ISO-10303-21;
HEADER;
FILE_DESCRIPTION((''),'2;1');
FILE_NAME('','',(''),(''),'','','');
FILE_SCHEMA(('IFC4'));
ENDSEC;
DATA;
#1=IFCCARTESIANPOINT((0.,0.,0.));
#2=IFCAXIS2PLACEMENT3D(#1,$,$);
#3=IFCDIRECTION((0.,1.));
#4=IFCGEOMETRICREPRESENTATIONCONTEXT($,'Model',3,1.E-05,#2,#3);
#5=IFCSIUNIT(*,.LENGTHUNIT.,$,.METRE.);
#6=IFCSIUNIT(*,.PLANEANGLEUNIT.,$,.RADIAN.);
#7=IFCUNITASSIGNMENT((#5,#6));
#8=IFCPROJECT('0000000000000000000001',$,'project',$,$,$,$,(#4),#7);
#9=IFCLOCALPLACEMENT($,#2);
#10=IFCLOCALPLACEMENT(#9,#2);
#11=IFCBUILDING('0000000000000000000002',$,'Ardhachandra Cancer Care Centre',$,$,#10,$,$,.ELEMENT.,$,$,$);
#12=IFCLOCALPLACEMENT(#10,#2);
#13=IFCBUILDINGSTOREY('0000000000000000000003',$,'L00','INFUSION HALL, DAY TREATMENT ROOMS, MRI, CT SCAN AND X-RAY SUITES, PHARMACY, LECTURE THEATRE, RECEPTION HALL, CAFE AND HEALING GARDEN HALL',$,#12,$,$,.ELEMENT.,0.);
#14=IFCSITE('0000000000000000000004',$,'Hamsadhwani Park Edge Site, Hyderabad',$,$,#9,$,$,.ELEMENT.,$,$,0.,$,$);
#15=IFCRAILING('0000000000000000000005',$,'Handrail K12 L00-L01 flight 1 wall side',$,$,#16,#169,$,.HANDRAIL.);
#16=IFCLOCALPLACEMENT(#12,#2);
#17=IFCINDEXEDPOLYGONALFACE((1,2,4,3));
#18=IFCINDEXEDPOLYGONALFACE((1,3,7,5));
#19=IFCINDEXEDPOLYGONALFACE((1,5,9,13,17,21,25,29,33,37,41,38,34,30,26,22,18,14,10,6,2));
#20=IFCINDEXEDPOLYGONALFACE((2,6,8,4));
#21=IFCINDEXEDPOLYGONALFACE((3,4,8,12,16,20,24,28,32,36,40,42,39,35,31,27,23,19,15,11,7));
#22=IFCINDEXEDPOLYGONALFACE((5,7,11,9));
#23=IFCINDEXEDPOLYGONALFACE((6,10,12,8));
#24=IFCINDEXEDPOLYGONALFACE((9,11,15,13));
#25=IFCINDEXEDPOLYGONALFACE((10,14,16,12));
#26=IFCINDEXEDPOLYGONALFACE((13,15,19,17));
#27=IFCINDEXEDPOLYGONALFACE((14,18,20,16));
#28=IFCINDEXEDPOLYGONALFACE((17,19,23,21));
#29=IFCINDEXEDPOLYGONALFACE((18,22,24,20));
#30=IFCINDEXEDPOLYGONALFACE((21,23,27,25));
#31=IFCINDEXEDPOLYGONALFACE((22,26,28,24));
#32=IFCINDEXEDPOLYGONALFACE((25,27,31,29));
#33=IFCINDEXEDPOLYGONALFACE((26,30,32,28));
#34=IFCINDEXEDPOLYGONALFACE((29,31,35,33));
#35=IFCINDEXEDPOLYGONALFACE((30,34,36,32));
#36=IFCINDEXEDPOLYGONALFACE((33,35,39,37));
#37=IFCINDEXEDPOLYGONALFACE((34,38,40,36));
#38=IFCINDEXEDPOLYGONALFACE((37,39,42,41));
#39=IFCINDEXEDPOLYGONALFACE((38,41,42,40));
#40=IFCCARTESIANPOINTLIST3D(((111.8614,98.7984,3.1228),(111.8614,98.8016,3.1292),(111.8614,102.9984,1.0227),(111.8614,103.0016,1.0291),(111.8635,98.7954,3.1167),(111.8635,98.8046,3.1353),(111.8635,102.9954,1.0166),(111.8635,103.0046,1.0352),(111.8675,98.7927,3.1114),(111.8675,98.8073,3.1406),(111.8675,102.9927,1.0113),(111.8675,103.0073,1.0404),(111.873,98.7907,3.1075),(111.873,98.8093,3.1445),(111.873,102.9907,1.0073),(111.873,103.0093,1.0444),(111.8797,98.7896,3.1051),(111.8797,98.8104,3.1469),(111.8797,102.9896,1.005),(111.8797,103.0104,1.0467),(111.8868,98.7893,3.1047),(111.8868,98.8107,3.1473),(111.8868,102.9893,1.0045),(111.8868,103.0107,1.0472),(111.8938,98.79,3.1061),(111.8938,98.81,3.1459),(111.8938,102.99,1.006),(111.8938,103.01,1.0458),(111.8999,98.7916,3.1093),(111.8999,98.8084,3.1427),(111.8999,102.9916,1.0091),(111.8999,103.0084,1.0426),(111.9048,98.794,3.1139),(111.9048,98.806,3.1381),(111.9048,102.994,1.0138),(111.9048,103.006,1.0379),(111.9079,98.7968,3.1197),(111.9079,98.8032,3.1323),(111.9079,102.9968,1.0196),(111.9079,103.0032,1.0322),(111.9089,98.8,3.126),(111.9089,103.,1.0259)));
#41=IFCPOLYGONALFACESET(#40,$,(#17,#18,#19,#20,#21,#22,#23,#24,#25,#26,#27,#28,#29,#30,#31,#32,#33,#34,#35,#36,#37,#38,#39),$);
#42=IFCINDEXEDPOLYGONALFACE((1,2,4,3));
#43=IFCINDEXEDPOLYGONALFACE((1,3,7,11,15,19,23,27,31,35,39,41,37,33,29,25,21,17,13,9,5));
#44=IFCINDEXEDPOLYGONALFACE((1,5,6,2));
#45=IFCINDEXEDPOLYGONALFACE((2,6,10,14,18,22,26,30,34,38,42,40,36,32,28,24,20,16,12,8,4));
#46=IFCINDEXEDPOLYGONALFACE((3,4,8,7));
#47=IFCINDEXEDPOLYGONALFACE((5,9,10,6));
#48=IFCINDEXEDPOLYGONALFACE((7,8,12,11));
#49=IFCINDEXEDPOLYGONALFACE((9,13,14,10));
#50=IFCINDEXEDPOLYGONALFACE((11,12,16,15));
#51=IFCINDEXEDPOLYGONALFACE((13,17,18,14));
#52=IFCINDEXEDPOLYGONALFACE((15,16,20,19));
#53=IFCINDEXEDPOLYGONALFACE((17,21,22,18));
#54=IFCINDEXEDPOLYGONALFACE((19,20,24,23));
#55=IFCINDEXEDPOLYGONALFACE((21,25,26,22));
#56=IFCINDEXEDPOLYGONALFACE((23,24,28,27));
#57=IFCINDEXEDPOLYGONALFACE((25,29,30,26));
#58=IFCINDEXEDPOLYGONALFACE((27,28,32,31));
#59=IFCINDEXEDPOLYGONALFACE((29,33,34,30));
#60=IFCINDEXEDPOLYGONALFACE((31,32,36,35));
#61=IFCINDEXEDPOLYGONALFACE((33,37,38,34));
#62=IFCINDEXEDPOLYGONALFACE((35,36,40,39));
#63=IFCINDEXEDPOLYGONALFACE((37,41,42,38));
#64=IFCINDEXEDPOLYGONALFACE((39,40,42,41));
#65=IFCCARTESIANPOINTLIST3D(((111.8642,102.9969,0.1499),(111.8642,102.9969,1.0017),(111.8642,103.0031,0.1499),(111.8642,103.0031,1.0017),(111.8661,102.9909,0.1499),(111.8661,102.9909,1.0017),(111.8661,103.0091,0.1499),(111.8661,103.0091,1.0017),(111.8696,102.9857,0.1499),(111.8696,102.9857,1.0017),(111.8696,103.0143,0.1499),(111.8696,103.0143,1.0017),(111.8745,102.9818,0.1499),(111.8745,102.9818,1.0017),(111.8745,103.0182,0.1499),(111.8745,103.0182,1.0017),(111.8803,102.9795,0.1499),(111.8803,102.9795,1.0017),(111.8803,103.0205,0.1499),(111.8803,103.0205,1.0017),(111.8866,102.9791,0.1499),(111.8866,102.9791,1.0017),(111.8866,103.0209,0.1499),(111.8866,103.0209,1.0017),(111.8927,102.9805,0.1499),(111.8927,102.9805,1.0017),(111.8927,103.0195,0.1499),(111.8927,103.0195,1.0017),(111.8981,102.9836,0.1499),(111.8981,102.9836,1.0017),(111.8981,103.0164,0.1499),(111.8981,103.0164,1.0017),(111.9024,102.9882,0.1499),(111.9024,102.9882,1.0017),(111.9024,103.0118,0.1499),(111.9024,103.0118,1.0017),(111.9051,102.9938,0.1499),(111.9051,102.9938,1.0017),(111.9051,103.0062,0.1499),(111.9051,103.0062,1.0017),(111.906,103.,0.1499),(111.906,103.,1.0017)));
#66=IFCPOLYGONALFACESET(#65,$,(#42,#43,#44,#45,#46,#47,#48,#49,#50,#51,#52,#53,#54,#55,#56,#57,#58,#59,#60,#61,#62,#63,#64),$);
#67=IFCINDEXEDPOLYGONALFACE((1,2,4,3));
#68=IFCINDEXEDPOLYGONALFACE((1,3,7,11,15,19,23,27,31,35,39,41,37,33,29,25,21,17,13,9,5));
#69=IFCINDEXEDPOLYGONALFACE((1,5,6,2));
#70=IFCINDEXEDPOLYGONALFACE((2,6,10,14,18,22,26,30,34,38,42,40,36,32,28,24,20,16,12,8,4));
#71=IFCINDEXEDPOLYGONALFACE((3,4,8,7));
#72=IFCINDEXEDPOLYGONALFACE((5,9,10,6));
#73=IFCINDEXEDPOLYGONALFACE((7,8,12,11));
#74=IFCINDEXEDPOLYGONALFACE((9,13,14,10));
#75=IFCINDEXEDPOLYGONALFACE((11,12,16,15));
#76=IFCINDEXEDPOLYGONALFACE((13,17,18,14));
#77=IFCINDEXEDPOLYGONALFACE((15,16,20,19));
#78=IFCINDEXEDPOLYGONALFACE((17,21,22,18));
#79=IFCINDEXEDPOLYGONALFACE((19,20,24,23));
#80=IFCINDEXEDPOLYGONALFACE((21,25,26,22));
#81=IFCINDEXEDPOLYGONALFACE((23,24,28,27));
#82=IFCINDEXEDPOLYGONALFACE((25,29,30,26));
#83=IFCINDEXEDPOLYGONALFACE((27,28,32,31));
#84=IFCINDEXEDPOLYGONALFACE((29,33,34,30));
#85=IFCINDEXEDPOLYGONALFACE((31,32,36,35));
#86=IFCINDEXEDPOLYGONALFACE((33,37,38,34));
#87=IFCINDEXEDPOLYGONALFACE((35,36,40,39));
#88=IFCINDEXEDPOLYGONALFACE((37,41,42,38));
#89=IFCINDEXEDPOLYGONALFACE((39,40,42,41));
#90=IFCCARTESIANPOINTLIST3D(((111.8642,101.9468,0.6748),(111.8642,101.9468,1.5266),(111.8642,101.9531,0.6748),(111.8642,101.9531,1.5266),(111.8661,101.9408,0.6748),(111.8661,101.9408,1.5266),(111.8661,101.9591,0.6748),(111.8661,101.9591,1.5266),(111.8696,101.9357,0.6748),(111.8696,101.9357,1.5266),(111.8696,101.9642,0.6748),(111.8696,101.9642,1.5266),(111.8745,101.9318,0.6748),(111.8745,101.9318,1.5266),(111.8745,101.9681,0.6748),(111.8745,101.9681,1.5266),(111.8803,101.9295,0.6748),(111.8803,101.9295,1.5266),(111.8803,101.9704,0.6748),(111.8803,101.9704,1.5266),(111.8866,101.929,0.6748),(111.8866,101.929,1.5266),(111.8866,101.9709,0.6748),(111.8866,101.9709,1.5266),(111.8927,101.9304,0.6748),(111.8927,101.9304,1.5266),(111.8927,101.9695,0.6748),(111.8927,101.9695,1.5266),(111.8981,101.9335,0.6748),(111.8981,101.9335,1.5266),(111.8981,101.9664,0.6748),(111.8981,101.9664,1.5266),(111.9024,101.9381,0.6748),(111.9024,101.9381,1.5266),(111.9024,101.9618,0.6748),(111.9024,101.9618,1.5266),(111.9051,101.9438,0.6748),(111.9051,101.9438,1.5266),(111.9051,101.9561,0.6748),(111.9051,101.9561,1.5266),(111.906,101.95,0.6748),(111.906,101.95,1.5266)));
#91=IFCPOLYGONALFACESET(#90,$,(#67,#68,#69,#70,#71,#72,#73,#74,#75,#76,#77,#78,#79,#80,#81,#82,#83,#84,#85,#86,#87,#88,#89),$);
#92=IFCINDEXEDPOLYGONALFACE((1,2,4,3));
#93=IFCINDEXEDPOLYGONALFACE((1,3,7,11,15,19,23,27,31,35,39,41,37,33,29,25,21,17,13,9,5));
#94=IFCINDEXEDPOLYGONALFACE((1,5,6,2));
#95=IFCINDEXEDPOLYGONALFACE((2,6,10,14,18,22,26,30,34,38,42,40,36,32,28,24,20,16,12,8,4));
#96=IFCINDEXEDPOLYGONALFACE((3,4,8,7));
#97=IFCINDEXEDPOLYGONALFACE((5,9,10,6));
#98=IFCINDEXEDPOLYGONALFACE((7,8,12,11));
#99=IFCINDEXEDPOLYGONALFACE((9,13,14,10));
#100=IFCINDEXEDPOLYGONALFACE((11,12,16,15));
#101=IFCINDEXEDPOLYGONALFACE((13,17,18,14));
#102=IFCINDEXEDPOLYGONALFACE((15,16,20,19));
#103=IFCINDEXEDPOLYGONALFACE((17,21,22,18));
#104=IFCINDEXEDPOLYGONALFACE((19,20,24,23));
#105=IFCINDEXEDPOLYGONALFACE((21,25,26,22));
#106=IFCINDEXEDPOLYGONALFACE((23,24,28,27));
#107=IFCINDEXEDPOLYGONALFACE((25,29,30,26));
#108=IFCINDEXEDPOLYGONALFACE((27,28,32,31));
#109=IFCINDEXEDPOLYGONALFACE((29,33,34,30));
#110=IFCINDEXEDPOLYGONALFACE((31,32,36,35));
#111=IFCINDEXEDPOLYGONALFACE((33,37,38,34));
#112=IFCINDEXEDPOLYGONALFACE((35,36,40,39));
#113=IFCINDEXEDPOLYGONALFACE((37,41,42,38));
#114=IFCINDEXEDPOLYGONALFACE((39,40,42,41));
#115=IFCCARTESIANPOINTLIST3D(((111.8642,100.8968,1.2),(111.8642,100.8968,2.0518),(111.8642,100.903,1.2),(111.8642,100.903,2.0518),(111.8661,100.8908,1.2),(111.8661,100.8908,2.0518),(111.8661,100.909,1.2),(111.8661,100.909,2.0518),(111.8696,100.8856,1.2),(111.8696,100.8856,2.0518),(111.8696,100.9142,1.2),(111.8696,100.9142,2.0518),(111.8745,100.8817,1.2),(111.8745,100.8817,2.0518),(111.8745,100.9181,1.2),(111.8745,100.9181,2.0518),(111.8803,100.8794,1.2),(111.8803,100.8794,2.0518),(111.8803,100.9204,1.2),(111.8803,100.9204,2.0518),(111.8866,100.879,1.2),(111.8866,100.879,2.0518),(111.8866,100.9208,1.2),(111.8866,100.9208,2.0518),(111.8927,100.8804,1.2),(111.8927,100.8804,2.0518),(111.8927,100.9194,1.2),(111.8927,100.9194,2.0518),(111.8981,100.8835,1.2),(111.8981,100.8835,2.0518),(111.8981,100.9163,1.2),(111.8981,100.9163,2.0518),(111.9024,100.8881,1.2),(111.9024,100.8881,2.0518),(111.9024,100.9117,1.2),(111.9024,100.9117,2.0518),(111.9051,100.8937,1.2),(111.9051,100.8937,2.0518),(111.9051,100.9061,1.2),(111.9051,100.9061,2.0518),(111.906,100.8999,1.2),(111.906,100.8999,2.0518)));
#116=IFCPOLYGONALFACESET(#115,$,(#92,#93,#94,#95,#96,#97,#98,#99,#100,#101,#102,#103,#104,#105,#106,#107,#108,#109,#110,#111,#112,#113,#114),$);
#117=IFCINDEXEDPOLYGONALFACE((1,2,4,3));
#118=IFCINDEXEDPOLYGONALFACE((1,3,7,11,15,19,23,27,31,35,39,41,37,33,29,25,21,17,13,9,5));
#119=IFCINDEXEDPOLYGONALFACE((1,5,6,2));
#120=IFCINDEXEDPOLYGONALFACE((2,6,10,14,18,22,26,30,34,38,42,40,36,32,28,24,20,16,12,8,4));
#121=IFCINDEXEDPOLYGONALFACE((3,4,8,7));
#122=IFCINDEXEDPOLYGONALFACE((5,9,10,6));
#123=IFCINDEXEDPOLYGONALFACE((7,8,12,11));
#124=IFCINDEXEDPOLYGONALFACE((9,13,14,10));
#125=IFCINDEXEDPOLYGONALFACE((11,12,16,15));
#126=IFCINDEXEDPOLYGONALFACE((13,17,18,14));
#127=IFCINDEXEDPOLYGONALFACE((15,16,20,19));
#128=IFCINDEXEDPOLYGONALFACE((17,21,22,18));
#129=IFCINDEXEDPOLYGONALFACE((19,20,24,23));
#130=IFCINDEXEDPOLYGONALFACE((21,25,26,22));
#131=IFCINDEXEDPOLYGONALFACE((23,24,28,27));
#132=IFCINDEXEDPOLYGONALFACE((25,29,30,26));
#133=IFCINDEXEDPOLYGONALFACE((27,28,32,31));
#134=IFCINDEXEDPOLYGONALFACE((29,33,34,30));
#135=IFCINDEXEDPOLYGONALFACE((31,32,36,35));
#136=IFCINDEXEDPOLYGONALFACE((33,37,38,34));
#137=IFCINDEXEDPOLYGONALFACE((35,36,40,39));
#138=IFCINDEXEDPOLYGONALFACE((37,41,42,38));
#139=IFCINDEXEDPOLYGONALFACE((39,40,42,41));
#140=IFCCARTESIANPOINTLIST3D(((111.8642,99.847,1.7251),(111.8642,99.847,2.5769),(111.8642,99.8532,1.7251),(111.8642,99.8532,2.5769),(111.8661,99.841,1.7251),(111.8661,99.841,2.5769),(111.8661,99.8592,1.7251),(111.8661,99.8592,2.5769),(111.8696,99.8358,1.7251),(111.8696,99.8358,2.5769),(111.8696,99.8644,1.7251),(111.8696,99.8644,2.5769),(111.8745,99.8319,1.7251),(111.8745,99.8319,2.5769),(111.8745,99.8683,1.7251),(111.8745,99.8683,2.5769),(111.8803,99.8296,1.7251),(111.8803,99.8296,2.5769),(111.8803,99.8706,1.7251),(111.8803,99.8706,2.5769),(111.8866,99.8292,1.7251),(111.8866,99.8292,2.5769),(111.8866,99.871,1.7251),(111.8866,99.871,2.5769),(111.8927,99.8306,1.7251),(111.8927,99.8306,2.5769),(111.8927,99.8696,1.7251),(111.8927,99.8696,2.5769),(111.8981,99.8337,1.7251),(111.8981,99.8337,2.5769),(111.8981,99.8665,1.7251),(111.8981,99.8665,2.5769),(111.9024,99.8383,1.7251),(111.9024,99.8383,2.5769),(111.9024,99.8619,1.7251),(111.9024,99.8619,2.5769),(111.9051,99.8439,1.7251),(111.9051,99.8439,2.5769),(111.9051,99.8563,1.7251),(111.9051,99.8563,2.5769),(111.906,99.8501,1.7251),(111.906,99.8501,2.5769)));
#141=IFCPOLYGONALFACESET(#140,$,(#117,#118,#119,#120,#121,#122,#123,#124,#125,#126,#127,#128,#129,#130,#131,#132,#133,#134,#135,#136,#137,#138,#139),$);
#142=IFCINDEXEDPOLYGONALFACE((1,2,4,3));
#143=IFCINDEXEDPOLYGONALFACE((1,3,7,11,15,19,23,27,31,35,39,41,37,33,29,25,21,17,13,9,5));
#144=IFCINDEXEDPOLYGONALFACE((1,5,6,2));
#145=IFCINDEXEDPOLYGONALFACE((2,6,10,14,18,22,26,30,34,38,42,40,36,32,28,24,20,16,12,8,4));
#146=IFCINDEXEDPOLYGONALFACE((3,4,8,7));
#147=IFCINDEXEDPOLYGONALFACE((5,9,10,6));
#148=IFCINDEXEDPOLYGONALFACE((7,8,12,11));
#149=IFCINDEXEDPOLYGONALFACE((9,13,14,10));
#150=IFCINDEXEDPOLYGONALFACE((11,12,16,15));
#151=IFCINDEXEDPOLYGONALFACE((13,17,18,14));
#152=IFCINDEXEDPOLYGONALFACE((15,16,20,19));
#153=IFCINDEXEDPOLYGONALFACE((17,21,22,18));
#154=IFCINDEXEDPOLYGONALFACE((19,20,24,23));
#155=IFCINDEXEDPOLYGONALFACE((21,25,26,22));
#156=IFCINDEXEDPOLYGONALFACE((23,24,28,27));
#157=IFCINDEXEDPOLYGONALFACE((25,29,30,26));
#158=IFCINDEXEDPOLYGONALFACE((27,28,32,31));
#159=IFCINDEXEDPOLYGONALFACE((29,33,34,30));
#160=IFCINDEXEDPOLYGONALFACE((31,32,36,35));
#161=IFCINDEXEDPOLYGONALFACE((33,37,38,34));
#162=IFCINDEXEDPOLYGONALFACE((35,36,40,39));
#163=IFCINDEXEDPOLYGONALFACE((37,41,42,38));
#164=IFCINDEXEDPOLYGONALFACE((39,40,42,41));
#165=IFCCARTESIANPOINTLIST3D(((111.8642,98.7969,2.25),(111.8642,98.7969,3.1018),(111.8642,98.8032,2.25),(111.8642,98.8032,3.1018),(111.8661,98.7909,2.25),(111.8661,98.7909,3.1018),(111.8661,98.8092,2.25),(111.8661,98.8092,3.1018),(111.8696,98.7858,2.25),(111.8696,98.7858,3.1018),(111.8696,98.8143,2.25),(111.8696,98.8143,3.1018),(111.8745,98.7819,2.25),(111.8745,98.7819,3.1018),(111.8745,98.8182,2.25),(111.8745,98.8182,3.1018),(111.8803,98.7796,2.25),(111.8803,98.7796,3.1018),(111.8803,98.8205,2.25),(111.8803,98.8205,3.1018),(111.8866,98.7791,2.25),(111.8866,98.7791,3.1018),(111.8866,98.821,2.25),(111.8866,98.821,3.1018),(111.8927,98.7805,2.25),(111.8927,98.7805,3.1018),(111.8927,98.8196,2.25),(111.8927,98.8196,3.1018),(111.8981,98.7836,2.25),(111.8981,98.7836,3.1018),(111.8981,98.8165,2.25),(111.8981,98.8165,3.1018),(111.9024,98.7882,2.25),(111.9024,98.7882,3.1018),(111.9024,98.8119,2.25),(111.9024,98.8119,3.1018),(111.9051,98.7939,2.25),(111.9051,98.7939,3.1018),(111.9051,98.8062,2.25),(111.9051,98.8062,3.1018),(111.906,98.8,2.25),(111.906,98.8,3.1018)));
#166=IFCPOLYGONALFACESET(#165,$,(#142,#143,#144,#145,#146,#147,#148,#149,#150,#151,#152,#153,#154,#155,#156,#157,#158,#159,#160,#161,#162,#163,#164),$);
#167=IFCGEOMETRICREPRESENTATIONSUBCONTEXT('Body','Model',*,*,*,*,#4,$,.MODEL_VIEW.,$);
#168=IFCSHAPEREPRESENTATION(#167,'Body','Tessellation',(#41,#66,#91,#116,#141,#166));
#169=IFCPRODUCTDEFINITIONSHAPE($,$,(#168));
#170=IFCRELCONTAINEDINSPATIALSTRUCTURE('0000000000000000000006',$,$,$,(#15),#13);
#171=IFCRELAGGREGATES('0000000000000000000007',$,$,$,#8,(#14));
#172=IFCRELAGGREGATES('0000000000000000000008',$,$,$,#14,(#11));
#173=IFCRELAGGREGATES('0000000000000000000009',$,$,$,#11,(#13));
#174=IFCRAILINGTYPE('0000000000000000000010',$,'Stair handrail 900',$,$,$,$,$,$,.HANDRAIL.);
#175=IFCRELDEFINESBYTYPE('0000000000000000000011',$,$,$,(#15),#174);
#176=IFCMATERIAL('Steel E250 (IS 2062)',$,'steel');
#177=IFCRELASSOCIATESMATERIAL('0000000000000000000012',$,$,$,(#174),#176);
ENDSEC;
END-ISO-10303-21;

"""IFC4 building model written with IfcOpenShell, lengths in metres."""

from ifc_helpers import new_model, si_unit, direction, frame, origin, origin_2d, place, context, subcontext, project, spatial, circle, extrude, material, type_object, element, save


model = new_model("IFC4")

# Units and contexts
model_context = context("Model", 3, precision=1e-05, world=origin(), true_north=direction((0.0, 1.0)))
body_context = subcontext(model_context, "Body", "Model", "MODEL_VIEW")
ifc_project = project(units=[si_unit("LENGTHUNIT", "METRE"), si_unit("PLANEANGLEUNIT", "RADIAN")], contexts=[model_context])

# Site, building, storey
site_placement = place(None, origin())
site = spatial("IfcSite", under=ifc_project, at=site_placement, Name="Hamsadhwani Park Edge Site, Hyderabad", CompositionType="ELEMENT", RefElevation=0.0)
building_placement = place(site_placement, origin())
building = spatial("IfcBuilding", under=site, at=building_placement, Name="Ardhachandra Cancer Care Centre", CompositionType="ELEMENT")
storey_placement = place(building_placement, origin())
storey = spatial("IfcBuildingStorey", under=building, at=storey_placement, Name="L00", Description="INFUSION HALL, DAY TREATMENT ROOMS, MRI, CT SCAN AND X-RAY SUITES, PHARMACY, LECTURE THEATRE, RECEPTION HALL, CAFE AND HEALING GARDEN HALL", CompositionType="ELEMENT", Elevation=0.0)

# Railing
ifc_material_1 = material(Name="Steel E250 (IS 2062)", Category="steel")
railing_type_1 = type_object("IfcRailingType", Name="Stair handrail 900", PredefinedType="HANDRAIL", material=ifc_material_1)
for number, where, name in (
    (1, (111.885, 103.0, 0.1499), "Handrail K12 L00-L01 flight 1 wall side"),
):
    element("IfcRailing", number, at=place(storey_placement, frame(where)), inside=storey, type_object=railing_type_1, Name=name, PredefinedType="HANDRAIL", context=body_context, shape_type="SweptSolid", body=[
        extrude(circle(Radius=0.0239, at=origin_2d()), frame((0.0, 0.0, 0.876), z_axis=(0.0, -0.894417, 0.447234), x_axis=(1.0, 0.0, 0.0)), (0.0, 0.0, 1.0), 4.6958),
        extrude(circle(Radius=0.021, at=origin_2d()), origin(), (0.0, 0.0, 1.0), 0.8518),
        extrude(circle(Radius=0.021, at=origin_2d()), frame((0.0, -1.05, 0.5249)), (0.0, 0.0, 1.0), 0.8518),
        extrude(circle(Radius=0.021, at=origin_2d()), frame((0.0, -2.1001, 1.05)), (0.0, 0.0, 1.0), 0.8518),
        extrude(circle(Radius=0.021, at=origin_2d()), frame((0.0, -3.1499, 1.5752)), (0.0, 0.0, 1.0), 0.8518),
        extrude(circle(Radius=0.021, at=origin_2d()), frame((0.0, -4.2, 2.1001)), (0.0, 0.0, 1.0), 0.8518),
    ])

save(model, "model.ifc")
